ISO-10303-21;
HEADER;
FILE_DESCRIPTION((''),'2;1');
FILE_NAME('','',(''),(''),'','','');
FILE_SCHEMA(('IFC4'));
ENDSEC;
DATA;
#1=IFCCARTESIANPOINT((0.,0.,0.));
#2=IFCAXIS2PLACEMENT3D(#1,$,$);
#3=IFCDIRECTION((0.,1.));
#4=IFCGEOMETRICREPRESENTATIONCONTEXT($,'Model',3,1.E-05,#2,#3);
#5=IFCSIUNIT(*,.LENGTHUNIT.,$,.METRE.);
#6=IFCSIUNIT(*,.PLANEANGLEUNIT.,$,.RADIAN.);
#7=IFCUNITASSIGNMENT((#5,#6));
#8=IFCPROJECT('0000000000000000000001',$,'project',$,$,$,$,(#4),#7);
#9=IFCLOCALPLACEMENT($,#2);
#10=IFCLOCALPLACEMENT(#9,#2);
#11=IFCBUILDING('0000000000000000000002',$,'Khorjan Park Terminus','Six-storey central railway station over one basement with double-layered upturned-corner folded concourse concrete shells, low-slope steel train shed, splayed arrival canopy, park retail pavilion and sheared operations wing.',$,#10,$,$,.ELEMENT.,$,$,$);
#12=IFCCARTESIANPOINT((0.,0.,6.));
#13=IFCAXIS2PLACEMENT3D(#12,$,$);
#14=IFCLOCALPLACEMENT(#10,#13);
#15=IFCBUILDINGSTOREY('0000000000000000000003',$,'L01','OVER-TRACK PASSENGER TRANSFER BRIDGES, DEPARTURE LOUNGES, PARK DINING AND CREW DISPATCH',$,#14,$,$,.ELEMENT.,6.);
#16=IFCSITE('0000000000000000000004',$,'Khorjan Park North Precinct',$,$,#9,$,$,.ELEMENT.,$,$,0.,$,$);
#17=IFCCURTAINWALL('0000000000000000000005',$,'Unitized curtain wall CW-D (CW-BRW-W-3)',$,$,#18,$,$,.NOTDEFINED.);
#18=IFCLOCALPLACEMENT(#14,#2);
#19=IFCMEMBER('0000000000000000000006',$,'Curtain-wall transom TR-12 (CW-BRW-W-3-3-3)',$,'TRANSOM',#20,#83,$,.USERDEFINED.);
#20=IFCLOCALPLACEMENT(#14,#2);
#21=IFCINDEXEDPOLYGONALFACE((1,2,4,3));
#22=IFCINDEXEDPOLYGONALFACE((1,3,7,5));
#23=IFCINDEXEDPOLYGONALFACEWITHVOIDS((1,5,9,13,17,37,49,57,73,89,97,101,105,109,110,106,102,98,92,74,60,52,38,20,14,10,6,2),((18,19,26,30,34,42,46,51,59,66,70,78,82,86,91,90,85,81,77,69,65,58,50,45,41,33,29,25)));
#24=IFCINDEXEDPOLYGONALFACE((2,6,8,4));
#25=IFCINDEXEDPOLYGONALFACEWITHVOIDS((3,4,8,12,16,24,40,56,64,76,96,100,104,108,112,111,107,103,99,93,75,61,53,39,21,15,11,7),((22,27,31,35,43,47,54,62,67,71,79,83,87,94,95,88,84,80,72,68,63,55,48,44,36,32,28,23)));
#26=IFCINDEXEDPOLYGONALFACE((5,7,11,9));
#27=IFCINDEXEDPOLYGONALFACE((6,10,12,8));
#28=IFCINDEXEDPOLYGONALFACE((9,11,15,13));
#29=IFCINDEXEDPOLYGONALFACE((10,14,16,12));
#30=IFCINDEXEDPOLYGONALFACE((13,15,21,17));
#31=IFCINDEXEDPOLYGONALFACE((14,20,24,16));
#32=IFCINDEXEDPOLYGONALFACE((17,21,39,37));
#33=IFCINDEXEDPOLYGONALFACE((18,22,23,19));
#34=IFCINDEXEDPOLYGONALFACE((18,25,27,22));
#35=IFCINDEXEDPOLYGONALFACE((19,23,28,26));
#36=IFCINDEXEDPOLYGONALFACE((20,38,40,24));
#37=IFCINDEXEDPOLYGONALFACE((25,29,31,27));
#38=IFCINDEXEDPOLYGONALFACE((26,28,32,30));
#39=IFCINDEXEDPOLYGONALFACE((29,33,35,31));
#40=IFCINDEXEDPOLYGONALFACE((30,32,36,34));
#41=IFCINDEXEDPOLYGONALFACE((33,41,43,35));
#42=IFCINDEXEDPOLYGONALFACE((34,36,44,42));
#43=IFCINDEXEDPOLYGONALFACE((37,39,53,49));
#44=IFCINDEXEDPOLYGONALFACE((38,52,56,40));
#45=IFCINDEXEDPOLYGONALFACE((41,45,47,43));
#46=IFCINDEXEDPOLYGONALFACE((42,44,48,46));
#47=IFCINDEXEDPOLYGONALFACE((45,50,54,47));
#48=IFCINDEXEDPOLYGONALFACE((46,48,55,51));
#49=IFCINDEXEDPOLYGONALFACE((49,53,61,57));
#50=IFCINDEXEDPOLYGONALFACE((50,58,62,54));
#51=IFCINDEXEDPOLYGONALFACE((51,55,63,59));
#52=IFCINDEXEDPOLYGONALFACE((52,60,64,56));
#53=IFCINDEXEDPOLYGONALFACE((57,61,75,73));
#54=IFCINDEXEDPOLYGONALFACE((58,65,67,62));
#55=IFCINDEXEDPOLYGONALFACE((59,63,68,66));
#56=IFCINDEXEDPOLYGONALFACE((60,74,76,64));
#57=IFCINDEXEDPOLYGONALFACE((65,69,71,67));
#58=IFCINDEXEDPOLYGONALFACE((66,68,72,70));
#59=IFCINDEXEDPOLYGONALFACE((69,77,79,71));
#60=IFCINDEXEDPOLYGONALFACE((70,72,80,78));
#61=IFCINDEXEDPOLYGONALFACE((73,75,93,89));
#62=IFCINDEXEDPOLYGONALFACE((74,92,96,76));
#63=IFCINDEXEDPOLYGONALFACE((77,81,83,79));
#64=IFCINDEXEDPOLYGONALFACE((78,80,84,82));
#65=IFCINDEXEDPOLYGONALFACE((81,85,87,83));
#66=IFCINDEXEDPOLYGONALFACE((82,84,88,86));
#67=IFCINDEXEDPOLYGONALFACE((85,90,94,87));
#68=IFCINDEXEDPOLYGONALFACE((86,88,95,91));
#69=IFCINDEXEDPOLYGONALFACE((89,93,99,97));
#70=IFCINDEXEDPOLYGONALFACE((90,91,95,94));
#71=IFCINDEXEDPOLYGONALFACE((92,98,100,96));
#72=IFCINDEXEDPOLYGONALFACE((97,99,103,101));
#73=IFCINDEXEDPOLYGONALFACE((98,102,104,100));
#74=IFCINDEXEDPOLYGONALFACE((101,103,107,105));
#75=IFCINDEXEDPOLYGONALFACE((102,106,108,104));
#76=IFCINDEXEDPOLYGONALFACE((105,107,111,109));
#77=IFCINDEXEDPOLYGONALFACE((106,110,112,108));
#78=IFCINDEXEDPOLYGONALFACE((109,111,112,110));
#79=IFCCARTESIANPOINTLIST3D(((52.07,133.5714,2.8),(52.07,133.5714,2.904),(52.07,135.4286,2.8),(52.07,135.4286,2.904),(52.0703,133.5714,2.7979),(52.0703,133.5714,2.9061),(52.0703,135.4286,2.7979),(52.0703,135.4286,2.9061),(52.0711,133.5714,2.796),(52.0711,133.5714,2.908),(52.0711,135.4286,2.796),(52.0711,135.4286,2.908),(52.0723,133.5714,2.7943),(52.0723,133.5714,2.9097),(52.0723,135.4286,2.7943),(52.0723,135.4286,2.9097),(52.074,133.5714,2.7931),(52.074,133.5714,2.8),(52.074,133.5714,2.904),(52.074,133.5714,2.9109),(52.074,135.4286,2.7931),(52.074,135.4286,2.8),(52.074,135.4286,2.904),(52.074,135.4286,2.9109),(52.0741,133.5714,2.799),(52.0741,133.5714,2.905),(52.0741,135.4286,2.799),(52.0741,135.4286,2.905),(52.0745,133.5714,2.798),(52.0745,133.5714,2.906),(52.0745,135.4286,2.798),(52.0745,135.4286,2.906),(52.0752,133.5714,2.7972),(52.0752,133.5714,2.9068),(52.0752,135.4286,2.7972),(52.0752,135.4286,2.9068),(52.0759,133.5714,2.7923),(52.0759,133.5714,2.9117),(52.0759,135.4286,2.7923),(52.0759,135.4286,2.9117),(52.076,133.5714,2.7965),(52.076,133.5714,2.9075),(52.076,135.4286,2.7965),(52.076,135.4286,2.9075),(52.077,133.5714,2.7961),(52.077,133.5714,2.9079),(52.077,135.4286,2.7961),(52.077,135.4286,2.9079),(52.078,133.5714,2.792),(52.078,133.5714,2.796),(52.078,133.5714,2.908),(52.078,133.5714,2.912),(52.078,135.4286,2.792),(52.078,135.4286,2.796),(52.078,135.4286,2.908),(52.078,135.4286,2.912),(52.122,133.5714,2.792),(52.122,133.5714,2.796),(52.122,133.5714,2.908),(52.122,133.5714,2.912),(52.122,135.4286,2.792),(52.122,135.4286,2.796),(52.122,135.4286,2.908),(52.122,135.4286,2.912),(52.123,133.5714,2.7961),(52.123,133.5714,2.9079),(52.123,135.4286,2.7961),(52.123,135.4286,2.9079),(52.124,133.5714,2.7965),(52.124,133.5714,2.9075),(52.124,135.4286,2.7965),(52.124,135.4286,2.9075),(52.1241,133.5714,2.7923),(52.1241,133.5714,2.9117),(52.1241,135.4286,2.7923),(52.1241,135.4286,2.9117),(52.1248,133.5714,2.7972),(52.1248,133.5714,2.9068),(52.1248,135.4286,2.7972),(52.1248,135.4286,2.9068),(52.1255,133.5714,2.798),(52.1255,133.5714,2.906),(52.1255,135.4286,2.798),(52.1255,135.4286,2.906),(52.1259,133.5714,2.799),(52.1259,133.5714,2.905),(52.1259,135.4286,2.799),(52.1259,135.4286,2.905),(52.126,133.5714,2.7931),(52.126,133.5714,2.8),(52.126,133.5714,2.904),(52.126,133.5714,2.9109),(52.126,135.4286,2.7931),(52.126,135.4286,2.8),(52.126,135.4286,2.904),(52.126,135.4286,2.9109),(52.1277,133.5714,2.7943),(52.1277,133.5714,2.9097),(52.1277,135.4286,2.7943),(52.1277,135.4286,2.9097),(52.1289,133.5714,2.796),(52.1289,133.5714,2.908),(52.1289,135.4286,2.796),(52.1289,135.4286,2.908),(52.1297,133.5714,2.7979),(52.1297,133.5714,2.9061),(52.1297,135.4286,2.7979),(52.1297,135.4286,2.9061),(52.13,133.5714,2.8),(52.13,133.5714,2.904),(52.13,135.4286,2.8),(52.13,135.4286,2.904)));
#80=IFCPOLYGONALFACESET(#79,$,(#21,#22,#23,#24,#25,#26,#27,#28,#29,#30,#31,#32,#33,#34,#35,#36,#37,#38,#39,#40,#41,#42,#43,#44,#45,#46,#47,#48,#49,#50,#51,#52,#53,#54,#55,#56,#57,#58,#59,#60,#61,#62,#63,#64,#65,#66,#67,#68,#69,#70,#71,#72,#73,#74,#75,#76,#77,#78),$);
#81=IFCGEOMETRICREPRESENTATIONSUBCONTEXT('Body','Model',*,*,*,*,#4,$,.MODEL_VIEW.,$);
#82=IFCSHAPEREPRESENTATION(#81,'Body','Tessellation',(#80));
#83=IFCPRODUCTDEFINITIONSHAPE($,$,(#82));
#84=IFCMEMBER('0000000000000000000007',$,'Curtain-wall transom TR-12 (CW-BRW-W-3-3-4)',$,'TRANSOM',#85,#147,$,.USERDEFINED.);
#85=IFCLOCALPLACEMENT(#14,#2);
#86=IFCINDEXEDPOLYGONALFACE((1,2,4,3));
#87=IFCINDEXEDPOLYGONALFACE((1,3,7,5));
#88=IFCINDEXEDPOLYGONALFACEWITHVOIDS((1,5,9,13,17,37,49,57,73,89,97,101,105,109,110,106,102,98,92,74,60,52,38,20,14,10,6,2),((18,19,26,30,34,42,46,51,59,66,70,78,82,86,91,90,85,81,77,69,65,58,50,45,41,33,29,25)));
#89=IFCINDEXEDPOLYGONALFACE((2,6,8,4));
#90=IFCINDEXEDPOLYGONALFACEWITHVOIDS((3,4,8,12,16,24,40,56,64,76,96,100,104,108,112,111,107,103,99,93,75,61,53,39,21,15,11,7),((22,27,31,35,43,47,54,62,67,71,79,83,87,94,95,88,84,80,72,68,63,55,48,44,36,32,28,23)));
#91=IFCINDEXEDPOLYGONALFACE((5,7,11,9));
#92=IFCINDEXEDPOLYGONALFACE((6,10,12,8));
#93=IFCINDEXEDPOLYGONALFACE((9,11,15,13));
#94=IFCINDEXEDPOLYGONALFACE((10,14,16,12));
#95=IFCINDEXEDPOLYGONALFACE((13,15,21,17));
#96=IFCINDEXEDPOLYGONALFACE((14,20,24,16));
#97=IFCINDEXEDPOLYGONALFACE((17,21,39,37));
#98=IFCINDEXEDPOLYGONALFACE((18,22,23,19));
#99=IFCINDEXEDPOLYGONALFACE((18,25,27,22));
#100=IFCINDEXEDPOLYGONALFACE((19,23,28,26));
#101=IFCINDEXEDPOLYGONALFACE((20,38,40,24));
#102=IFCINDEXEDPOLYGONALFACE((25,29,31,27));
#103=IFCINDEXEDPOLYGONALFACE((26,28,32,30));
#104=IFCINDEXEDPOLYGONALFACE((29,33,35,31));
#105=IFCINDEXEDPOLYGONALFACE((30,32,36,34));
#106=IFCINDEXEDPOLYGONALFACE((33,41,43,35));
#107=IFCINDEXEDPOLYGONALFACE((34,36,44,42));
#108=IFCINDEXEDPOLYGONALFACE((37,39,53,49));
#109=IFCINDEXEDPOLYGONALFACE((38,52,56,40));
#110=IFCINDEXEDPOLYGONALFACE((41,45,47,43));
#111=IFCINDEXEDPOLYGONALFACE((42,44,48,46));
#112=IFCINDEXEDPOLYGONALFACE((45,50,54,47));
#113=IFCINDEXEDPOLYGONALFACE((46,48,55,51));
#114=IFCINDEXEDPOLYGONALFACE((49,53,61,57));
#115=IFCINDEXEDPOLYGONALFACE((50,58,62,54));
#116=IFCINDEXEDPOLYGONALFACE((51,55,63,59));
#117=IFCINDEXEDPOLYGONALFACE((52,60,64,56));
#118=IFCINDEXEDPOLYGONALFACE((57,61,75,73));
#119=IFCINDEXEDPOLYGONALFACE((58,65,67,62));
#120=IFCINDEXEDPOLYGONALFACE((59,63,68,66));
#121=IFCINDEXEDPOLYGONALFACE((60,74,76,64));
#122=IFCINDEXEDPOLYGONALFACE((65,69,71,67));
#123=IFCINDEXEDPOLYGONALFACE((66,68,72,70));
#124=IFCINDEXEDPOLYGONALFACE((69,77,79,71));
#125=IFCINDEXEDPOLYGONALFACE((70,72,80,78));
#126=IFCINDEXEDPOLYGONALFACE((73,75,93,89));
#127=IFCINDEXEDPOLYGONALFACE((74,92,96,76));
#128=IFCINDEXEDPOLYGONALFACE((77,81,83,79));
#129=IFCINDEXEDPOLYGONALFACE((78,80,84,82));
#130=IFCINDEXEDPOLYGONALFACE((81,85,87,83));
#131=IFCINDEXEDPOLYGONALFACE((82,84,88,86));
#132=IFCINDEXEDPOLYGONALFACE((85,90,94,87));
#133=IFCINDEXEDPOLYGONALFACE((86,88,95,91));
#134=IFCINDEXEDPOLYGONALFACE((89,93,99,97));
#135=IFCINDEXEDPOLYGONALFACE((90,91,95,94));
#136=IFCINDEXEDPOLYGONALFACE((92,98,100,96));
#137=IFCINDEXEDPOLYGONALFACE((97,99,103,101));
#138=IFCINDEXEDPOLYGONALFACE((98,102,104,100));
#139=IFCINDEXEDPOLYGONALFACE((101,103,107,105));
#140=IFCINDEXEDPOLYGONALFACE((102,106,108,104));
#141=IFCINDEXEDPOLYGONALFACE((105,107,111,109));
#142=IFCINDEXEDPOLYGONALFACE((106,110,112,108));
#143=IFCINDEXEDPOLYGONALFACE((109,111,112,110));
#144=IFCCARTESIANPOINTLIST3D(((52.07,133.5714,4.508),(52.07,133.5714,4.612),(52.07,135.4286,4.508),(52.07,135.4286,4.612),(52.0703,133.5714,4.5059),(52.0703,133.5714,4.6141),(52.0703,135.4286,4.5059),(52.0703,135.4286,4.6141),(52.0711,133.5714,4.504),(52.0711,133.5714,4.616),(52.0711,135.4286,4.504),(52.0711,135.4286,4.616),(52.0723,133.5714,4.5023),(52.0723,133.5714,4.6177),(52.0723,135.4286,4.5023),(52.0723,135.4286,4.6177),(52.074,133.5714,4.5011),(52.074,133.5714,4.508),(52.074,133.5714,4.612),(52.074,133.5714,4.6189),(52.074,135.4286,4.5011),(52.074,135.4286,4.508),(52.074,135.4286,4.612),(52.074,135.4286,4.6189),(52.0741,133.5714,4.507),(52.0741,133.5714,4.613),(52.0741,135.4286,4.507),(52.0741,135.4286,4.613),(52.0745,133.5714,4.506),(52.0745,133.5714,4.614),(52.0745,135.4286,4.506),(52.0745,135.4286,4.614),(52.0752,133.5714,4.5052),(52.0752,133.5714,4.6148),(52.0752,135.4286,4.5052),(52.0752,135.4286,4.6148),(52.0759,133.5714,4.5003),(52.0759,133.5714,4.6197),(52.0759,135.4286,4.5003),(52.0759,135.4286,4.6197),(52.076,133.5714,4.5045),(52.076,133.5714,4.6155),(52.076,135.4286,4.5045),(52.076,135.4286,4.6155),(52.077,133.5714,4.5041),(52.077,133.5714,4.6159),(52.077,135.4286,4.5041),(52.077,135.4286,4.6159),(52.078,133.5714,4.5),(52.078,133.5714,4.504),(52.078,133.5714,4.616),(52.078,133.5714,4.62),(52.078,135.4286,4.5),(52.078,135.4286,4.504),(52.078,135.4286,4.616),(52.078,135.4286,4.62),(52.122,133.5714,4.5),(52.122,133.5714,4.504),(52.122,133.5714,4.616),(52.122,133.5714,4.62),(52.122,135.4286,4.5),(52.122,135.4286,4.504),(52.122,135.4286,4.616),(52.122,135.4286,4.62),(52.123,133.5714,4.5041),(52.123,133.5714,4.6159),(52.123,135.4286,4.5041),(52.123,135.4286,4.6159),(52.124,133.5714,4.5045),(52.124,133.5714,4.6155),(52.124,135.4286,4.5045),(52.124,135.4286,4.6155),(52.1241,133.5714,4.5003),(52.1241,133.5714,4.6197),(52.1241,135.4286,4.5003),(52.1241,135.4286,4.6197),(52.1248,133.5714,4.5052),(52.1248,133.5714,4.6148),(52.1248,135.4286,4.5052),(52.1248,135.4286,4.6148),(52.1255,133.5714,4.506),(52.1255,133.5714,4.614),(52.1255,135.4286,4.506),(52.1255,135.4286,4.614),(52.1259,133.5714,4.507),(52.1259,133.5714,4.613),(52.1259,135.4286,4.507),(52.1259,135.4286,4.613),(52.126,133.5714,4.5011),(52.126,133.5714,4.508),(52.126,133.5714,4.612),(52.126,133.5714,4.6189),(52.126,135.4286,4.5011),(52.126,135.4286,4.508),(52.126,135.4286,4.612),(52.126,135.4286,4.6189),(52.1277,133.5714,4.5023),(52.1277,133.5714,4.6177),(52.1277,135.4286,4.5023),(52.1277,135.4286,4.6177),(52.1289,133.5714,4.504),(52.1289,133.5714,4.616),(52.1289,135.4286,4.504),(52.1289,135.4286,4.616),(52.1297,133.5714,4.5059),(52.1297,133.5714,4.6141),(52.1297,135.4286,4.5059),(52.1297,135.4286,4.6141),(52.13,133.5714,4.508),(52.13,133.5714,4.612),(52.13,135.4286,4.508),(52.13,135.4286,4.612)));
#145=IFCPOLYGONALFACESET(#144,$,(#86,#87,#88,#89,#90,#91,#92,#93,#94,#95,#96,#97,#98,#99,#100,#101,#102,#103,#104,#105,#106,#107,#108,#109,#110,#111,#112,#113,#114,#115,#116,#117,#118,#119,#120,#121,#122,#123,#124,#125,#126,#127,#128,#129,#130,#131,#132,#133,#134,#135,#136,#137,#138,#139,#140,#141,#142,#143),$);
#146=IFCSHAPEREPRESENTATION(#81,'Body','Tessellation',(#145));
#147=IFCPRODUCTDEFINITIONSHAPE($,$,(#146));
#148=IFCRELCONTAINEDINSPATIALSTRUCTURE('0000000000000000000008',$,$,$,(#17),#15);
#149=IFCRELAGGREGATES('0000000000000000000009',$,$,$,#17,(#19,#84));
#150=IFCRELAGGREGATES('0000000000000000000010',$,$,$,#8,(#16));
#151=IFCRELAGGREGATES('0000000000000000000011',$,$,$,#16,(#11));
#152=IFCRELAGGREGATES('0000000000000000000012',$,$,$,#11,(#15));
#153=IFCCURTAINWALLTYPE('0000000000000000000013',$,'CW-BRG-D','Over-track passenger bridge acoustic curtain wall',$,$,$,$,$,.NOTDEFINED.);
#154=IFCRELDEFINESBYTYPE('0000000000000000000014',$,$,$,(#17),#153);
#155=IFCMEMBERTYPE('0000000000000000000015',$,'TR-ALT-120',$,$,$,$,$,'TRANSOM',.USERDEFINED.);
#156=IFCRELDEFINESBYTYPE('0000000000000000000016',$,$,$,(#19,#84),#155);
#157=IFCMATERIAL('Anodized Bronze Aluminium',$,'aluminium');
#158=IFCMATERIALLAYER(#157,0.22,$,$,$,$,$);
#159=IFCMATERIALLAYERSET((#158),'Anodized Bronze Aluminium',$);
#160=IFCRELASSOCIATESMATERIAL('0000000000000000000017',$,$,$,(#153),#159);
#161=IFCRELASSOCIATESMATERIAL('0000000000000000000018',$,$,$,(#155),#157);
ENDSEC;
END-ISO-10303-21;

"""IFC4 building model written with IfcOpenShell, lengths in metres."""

from ifc_helpers import new_model, si_unit, direction, frame, origin, origin_2d, place, context, subcontext, project, spatial, hollow_rectangle, extrude, material, layer, layer_set, material_profile, profile_set, type_object, element, aggregate, save


model = new_model("IFC4")

# Units and contexts
model_context = context("Model", 3, precision=1e-05, world=origin(), true_north=direction((0.0, 1.0)))
body_context = subcontext(model_context, "Body", "Model", "MODEL_VIEW")
ifc_project = project(units=[si_unit("LENGTHUNIT", "METRE"), si_unit("PLANEANGLEUNIT", "RADIAN")], contexts=[model_context])

# Site, building, storey
site_placement = place(None, origin())
site = spatial("IfcSite", under=ifc_project, at=site_placement, Name="Khorjan Park North Precinct", CompositionType="ELEMENT", RefElevation=0.0)
building_placement = place(site_placement, origin())
building = spatial("IfcBuilding", under=site, at=building_placement, Name="Khorjan Park Terminus", Description="Six-storey central railway station over one basement with double-layered upturned-corner folded concourse concrete shells, low-slope steel train shed, splayed arrival canopy, park retail pavilion and sheared operations wing.", CompositionType="ELEMENT")
storey_placement = place(building_placement, frame((0.0, 0.0, 6.0)))
storey = spatial("IfcBuildingStorey", under=building, at=storey_placement, Name="L01", Description="OVER-TRACK PASSENGER TRANSFER BRIDGES, DEPARTURE LOUNGES, PARK DINING AND CREW DISPATCH", CompositionType="ELEMENT", Elevation=6.0)

# Curtain wall, members
ifc_material_1 = material(Name="Anodized Bronze Aluminium", Category="aluminium")
ifc_layer_1 = layer(ifc_material_1, 0.22)
ifc_layer_set_1 = layer_set([ifc_layer_1], Name="Anodized Bronze Aluminium")
curtain_wall_type = type_object("IfcCurtainWallType", Name="CW-BRG-D", Description="Over-track passenger bridge acoustic curtain wall", PredefinedType="NOTDEFINED", material=ifc_layer_set_1)
curtain_wall_placement = place(storey_placement, origin())
curtain_wall = element("IfcCurtainWall", 1, at=curtain_wall_placement, inside=storey, type_object=curtain_wall_type, Name="Unitized curtain wall CW-D (CW-BRW-W-3)", PredefinedType="NOTDEFINED")
ifc_material_profile_1 = material_profile(ifc_material_1, hollow_rectangle(XDim=0.06, YDim=0.12, WallThickness=0.004, InnerFilletRadius=0.004, OuterFilletRadius=0.008, at=origin_2d()), Name="ALT 60x120x4")
ifc_profile_set_1 = profile_set([ifc_material_profile_1], Name="Anodized Bronze Aluminium")
member_type_1 = type_object("IfcMemberType", Name="TR-ALT-120", ElementType="TRANSOM", PredefinedType="USERDEFINED", material=ifc_profile_set_1)
member_1_placement = place(storey_placement, frame((52.1, 135.4286, 2.852), z_axis=(0.0, -1.0, 0.0), x_axis=(1.0, 0.0, 0.0)))
member_1 = element("IfcMember", 2, at=member_1_placement, type_object=member_type_1, Name="Curtain-wall transom TR-12 (CW-BRW-W-3-3-3)", ObjectType="TRANSOM", PredefinedType="USERDEFINED", context=body_context, shape_type="SweptSolid", body=[
    extrude(hollow_rectangle(XDim=0.06, YDim=0.12, WallThickness=0.004, InnerFilletRadius=0.004, OuterFilletRadius=0.008, at=origin_2d()), origin(), (0.0, 0.0, 1.0), 1.8572),
])
member_2_placement = place(storey_placement, frame((52.1, 135.4286, 4.56), z_axis=(0.0, -1.0, 0.0), x_axis=(1.0, 0.0, 0.0)))
member_2 = element("IfcMember", 3, at=member_2_placement, type_object=member_type_1, Name="Curtain-wall transom TR-12 (CW-BRW-W-3-3-4)", ObjectType="TRANSOM", PredefinedType="USERDEFINED", context=body_context, shape_type="SweptSolid", body=[
    extrude(hollow_rectangle(XDim=0.06, YDim=0.12, WallThickness=0.004, InnerFilletRadius=0.004, OuterFilletRadius=0.008, at=origin_2d()), origin(), (0.0, 0.0, 1.0), 1.8572),
])
aggregate(curtain_wall, [member_1, member_2])

save(model, "model.ifc")
